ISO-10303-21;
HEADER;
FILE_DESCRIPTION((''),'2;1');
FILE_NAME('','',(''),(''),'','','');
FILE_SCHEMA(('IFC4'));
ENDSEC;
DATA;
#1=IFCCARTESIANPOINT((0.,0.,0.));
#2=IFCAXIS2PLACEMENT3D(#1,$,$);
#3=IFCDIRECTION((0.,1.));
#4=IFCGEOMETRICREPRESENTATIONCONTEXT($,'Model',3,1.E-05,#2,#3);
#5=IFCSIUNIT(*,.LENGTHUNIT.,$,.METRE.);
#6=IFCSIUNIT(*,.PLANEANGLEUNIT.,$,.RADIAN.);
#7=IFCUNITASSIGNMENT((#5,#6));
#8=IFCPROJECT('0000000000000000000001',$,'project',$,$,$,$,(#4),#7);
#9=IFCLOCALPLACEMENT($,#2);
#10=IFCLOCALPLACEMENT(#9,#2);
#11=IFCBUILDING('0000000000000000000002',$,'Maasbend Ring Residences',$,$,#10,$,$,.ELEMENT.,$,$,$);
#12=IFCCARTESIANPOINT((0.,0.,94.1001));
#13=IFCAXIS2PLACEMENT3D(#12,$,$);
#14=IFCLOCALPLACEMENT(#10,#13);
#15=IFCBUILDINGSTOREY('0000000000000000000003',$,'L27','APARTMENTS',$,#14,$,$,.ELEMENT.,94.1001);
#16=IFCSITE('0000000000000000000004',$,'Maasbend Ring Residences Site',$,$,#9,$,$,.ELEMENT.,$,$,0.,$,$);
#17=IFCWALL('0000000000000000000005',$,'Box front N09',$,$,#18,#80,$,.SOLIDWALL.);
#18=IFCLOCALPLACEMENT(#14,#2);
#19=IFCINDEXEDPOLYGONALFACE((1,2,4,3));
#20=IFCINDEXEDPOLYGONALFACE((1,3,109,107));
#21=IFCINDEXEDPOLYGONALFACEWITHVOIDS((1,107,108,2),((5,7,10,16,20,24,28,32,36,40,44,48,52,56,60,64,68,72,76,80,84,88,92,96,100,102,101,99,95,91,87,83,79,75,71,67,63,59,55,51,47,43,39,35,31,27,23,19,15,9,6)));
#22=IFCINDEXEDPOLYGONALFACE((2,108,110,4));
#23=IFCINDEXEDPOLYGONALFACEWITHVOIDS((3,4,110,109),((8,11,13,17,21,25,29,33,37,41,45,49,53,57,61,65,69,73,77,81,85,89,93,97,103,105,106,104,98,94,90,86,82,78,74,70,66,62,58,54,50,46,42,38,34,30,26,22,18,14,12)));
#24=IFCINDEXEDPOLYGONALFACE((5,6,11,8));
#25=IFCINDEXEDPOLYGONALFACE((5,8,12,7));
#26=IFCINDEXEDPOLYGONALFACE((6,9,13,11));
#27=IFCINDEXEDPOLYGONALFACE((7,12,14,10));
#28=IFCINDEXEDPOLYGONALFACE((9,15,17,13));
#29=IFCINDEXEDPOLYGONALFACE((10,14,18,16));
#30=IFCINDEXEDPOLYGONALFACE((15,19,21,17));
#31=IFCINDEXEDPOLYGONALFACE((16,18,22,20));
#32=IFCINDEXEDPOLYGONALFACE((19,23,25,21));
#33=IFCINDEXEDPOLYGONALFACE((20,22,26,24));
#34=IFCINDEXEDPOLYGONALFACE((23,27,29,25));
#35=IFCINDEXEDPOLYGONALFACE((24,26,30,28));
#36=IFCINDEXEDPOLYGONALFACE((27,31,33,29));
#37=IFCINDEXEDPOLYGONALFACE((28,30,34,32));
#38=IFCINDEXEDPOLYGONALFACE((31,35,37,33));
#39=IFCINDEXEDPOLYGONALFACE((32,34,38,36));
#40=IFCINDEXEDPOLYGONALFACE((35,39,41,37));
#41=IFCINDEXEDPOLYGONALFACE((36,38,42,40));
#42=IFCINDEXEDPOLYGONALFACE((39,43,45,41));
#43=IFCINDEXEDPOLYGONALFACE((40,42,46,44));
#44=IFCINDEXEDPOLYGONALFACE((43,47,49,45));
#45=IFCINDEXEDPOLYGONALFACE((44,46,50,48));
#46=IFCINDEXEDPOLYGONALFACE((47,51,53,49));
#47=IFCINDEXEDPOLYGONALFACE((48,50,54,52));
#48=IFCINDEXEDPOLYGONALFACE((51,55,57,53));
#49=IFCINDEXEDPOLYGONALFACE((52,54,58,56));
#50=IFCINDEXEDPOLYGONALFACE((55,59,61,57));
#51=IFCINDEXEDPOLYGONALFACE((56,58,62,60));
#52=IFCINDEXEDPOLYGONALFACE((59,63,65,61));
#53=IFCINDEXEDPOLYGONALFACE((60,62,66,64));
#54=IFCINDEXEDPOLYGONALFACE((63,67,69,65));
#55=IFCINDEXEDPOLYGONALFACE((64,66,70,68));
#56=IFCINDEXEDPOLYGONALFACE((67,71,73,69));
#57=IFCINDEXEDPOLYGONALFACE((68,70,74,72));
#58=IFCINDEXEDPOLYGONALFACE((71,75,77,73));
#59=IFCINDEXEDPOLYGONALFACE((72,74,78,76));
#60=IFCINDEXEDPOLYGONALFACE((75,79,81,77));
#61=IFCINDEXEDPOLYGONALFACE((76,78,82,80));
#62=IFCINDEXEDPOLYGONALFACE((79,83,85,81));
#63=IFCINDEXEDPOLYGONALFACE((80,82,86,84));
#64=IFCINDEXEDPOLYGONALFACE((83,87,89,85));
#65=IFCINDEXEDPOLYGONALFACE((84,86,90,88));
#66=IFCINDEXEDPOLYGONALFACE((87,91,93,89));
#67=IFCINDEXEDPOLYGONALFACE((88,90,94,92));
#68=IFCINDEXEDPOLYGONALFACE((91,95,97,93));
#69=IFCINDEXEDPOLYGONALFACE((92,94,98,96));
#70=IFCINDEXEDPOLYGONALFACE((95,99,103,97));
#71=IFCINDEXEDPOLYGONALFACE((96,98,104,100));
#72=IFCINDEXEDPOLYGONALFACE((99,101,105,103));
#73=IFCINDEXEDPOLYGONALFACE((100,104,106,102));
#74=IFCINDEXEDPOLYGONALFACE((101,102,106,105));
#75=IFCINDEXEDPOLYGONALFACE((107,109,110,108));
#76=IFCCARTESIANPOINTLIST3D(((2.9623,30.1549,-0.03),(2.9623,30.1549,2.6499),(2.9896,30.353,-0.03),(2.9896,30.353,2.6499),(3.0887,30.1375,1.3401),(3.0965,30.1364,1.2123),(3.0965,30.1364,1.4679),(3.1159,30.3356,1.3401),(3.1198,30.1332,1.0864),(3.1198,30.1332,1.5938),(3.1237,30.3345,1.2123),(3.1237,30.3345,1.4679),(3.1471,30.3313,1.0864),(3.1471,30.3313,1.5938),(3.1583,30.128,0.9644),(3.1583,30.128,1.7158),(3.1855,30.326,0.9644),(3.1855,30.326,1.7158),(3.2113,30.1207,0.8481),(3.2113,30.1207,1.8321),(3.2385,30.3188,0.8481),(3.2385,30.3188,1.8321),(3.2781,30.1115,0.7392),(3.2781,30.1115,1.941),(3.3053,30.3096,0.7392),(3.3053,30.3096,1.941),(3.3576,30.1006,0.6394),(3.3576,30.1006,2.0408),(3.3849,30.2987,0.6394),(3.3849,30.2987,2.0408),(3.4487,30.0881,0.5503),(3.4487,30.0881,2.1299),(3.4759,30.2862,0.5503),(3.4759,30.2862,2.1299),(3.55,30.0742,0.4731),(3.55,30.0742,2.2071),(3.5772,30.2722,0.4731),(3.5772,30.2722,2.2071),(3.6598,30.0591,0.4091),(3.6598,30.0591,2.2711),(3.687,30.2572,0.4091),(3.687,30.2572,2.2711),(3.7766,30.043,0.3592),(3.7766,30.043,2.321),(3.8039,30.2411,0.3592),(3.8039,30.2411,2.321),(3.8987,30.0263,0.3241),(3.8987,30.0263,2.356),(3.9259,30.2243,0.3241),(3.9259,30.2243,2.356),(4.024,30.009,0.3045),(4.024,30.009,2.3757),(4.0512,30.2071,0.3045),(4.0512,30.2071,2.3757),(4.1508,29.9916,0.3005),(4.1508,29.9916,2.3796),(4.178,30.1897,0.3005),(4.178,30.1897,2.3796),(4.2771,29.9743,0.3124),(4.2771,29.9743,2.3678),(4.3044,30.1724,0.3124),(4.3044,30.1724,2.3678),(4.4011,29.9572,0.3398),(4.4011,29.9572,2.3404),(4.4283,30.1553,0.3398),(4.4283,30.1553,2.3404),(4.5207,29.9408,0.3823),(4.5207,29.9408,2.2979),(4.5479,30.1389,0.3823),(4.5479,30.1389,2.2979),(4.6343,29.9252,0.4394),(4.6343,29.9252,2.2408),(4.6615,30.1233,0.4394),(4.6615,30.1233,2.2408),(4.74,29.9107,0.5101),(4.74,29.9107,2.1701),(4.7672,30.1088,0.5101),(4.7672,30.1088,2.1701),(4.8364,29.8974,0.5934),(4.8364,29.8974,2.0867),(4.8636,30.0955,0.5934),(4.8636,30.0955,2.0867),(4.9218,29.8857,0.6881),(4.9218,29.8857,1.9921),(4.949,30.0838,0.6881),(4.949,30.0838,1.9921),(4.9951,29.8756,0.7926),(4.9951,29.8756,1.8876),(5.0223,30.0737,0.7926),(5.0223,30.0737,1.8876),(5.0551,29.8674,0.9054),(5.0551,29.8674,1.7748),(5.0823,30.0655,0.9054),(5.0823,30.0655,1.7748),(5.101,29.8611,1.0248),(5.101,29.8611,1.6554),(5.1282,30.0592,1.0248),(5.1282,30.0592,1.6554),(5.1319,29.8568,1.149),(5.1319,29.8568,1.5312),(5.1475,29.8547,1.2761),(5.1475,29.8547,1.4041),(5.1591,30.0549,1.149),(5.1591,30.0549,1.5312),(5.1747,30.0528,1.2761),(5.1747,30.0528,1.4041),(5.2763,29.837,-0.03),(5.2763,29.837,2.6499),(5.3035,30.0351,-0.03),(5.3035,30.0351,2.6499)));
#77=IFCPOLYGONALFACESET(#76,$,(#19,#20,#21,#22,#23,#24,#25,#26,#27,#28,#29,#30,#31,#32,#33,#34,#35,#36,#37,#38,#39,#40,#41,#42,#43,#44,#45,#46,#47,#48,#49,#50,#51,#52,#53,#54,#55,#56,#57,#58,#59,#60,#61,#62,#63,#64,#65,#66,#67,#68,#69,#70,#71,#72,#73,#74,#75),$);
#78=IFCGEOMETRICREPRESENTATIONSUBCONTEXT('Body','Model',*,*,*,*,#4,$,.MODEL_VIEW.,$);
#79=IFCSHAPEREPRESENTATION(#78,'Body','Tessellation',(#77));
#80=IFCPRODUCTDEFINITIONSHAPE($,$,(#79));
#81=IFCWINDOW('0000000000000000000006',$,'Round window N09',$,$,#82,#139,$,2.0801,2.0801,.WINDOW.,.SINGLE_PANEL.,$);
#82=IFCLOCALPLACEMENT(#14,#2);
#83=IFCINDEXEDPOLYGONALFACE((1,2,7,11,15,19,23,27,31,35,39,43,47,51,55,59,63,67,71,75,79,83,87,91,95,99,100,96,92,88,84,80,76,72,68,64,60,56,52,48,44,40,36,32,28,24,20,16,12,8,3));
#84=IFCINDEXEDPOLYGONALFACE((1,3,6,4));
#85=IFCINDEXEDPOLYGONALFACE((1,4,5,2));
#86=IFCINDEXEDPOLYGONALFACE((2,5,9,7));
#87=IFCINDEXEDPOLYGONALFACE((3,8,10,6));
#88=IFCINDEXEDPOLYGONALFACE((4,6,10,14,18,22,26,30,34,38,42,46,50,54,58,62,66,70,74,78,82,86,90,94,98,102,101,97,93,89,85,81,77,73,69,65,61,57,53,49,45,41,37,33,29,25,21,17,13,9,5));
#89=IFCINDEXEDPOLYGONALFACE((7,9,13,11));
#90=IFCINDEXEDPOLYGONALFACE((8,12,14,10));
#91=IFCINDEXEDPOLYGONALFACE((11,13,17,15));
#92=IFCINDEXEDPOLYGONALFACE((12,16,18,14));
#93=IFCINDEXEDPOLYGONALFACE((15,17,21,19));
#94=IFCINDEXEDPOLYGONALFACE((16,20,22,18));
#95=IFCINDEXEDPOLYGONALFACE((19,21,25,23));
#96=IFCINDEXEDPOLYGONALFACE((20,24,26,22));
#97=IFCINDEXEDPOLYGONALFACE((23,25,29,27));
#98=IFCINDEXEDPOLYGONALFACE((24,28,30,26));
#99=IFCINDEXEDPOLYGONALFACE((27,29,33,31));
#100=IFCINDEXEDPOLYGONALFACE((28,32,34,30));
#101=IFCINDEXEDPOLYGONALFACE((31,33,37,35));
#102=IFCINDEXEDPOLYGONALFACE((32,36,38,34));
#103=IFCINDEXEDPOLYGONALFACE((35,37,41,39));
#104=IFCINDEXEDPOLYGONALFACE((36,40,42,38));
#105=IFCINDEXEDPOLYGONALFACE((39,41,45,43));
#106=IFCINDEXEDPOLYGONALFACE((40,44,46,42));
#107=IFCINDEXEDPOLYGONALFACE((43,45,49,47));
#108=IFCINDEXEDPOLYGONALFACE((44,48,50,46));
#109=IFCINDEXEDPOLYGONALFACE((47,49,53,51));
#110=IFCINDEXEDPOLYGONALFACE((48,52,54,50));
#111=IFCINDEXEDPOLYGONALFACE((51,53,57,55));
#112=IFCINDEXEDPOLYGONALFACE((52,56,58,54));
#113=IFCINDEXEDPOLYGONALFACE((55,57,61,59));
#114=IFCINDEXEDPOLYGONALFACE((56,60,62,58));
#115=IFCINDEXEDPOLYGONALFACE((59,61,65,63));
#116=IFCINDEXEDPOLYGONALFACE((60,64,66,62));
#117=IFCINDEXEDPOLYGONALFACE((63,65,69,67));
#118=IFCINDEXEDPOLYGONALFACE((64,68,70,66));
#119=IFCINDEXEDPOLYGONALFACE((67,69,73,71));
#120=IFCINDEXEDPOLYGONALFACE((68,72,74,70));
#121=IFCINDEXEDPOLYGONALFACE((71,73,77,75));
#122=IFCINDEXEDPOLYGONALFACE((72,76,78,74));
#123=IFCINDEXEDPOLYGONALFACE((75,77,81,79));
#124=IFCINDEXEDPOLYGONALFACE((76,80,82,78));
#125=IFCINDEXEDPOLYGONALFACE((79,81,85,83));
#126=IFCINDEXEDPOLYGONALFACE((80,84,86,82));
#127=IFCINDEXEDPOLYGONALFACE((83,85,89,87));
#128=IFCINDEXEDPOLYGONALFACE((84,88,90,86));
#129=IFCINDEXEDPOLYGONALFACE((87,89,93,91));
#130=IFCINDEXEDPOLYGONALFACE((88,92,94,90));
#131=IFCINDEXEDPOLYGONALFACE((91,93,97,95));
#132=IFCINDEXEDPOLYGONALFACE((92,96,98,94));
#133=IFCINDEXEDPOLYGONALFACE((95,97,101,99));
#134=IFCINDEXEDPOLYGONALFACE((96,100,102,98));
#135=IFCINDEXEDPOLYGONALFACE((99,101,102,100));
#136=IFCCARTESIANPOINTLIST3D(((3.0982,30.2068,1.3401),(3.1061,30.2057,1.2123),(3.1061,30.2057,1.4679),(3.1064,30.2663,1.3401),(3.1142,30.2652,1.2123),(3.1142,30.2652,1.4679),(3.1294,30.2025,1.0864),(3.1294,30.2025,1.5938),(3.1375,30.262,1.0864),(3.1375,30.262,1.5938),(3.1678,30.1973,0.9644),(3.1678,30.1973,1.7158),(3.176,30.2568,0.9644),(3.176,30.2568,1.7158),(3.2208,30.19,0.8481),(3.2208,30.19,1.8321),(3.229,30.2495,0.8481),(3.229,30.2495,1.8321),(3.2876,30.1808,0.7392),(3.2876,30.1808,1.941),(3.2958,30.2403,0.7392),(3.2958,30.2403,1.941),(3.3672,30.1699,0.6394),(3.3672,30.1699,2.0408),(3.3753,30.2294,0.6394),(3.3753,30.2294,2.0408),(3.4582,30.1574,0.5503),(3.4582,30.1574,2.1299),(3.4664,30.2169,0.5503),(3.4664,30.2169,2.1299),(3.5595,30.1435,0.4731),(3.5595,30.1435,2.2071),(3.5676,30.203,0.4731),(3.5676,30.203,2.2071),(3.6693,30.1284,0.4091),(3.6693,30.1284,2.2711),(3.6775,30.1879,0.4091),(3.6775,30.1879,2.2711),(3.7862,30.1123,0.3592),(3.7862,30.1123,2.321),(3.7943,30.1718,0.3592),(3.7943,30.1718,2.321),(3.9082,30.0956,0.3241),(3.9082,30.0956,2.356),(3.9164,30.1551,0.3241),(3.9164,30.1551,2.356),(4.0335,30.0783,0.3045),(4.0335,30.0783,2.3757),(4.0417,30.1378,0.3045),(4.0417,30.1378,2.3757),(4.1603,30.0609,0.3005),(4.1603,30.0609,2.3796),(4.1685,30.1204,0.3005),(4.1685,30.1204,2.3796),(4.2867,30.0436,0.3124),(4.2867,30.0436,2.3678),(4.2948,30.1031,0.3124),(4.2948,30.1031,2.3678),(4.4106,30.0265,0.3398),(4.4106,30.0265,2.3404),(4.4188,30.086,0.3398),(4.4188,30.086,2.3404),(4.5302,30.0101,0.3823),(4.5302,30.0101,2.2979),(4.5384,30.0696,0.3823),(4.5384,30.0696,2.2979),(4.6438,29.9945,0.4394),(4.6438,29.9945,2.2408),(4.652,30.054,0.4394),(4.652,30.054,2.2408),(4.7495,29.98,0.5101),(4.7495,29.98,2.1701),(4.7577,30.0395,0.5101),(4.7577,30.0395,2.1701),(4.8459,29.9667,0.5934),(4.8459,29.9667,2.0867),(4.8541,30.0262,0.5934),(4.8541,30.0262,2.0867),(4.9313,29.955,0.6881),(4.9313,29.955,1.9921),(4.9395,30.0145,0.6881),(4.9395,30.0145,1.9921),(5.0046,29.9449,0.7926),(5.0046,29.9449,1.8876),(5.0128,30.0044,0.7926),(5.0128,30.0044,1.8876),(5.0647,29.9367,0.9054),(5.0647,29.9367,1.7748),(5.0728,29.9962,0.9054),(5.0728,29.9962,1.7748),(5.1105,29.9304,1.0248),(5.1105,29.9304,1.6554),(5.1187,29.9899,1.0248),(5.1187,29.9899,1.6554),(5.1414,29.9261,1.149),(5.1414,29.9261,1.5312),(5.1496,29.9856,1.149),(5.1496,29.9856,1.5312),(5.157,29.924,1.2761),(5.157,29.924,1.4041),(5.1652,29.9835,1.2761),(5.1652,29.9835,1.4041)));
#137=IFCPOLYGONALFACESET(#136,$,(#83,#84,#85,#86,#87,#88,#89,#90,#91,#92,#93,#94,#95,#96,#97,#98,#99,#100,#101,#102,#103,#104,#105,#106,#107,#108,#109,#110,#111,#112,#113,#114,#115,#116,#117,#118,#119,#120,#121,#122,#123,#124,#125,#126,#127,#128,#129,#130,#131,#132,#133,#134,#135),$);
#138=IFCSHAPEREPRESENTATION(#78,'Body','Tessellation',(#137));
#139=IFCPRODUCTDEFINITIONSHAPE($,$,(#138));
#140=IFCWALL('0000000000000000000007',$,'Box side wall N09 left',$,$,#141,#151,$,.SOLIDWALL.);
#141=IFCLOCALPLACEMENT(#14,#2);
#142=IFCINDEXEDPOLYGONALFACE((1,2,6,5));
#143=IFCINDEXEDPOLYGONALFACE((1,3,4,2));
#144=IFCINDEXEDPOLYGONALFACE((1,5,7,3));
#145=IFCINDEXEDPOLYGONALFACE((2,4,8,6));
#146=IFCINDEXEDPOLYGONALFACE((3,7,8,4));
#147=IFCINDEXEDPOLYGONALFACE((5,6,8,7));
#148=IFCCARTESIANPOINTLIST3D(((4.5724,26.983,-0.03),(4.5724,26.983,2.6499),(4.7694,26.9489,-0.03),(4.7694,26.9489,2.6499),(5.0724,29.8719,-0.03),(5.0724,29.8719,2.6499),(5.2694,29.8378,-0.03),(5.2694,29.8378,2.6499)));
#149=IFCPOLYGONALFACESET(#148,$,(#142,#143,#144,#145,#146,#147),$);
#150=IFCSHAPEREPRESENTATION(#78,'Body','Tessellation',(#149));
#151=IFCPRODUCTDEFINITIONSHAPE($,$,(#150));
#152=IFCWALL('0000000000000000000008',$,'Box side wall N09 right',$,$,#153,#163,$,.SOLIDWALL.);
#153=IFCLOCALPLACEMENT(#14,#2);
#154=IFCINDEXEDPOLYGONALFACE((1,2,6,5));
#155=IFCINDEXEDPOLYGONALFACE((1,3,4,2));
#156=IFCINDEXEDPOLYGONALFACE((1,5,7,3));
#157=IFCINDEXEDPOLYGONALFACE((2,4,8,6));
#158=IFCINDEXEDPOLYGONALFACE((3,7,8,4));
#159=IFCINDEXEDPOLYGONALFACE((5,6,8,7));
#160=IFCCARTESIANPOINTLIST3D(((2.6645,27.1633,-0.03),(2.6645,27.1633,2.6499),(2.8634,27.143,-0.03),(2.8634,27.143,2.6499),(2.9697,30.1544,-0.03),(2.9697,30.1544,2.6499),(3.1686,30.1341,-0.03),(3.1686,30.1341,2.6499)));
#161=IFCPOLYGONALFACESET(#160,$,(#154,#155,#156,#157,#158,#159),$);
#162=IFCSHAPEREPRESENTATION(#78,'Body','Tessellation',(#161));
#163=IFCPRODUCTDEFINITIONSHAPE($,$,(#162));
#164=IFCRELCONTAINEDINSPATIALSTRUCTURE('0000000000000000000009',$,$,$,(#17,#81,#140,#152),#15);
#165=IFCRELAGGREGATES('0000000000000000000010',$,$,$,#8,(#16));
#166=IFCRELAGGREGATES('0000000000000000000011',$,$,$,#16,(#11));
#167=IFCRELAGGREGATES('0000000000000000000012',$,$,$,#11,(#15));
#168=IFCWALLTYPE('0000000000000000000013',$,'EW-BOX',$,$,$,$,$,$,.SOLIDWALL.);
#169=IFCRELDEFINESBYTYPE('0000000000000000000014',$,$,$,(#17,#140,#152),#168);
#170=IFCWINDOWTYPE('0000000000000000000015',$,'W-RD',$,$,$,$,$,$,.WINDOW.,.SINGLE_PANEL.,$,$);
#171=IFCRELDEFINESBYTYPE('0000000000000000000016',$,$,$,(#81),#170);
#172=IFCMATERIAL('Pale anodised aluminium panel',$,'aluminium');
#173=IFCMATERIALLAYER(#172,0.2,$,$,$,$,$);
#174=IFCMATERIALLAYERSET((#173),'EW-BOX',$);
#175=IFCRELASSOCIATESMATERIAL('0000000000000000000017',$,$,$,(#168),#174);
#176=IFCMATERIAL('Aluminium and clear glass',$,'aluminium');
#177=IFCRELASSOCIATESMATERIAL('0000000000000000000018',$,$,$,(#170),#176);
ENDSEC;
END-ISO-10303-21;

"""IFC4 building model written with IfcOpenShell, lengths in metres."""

from ifc_helpers import new_model, si_unit, direction, frame, frame_2d, origin, place, context, subcontext, project, spatial, rectangle, circle, extrude, material, layer, layer_set, type_object, element, fill, save


model = new_model("IFC4")

# Units and contexts
model_context = context("Model", 3, precision=1e-05, world=origin(), true_north=direction((0.0, 1.0)))
body_context = subcontext(model_context, "Body", "Model", "MODEL_VIEW")
ifc_project = project(units=[si_unit("LENGTHUNIT", "METRE"), si_unit("PLANEANGLEUNIT", "RADIAN")], contexts=[model_context])

# Site, building, storey
site_placement = place(None, origin())
site = spatial("IfcSite", under=ifc_project, at=site_placement, Name="Maasbend Ring Residences Site", CompositionType="ELEMENT", RefElevation=0.0)
building_placement = place(site_placement, origin())
building = spatial("IfcBuilding", under=site, at=building_placement, Name="Maasbend Ring Residences", CompositionType="ELEMENT")
storey_placement = place(building_placement, frame((0.0, 0.0, 94.1001)))
storey = spatial("IfcBuildingStorey", under=building, at=storey_placement, Name="L27", Description="APARTMENTS", CompositionType="ELEMENT", Elevation=94.1001)

# Shared definitions
ifc_material_1 = material(Name="Pale anodised aluminium panel", Category="aluminium")
ifc_layer_1 = layer(ifc_material_1, 0.2)
ifc_layer_set_1 = layer_set([ifc_layer_1], Name="EW-BOX")
wall_type_1 = type_object("IfcWallType", Name="EW-BOX", PredefinedType="SOLIDWALL", material=ifc_layer_set_1)

# Wall, opening, window
wall_1_placement = place(storey_placement, frame((5.29, 29.936, -0.03), z_axis=(0.0, 0.0, 1.0), x_axis=(-0.990696, 0.136093, 0.0)))
wall_1 = element("IfcWall", 1, at=wall_1_placement, inside=storey, type_object=wall_type_1, Name="Box front N09", PredefinedType="SOLIDWALL", context=body_context, shape_type="SweptSolid", body=[
    extrude(rectangle(XDim=2.3357, YDim=0.2, at=frame_2d((1.168, 0.0))), origin(), (0.0, 0.0, 1.0), 2.6799),
])
opening_1_placement = place(wall_1_placement, frame((0.1282, 0.0, 0.3301)))
opening_1 = element("IfcOpeningElement", 2, at=opening_1_placement, cuts=wall_1, PredefinedType="OPENING", context=body_context, shape_type="SweptSolid", body=[
    extrude(circle(Radius=1.04, at=frame_2d((1.04, 1.04))), frame((0.0, 0.1099, 0.0), z_axis=(0.0, -1.0, 0.0), x_axis=(1.0, 0.0, 0.0)), (0.0, 0.0, 1.0), 0.22),
])
ifc_material_2 = material(Name="Aluminium and clear glass", Category="aluminium")
window_type_1 = type_object("IfcWindowType", Name="W-RD", PartitioningType="SINGLE_PANEL", PredefinedType="WINDOW", material=ifc_material_2)
window_1_placement = place(opening_1_placement, origin())
window_1 = element("IfcWindow", 3, at=window_1_placement, inside=storey, type_object=window_type_1, Name="Round window N09", OverallHeight=2.0801, OverallWidth=2.0801, PartitioningType="SINGLE_PANEL", PredefinedType="WINDOW", context=body_context, shape_type="SweptSolid", body=[
    extrude(circle(Radius=1.04, at=frame_2d((1.04, 1.04))), frame((0.0, 0.03, 0.0), z_axis=(0.0, -1.0, 0.0), x_axis=(1.0, 0.0, 0.0)), (0.0, 0.0, 1.0), 0.0601),
])
fill(opening_1, window_1)

# Walls
wall_2_placement = place(storey_placement, frame((4.6709, 26.9661, -0.03), z_axis=(0.0, 0.0, 1.0), x_axis=(0.17054, 0.985351, 0.0)))
element("IfcWall", 4, at=wall_2_placement, inside=storey, type_object=wall_type_1, Name="Box side wall N09 left", PredefinedType="SOLIDWALL", context=body_context, shape_type="SweptSolid", body=[
    extrude(rectangle(XDim=2.9319, YDim=0.2, at=frame_2d((1.4658, 0.0))), origin(), (0.0, 0.0, 1.0), 2.6799),
])
wall_3_placement = place(storey_placement, frame((2.7639, 27.1531, -0.03), z_axis=(0.0, 0.0, 1.0), x_axis=(0.101505, 0.994835, 0.0)))
element("IfcWall", 5, at=wall_3_placement, inside=storey, type_object=wall_type_1, Name="Box side wall N09 right", PredefinedType="SOLIDWALL", context=body_context, shape_type="SweptSolid", body=[
    extrude(rectangle(XDim=3.0066, YDim=0.2, at=frame_2d((1.5034, 0.0))), origin(), (0.0, 0.0, 1.0), 2.6799),
])

save(model, "model.ifc")
